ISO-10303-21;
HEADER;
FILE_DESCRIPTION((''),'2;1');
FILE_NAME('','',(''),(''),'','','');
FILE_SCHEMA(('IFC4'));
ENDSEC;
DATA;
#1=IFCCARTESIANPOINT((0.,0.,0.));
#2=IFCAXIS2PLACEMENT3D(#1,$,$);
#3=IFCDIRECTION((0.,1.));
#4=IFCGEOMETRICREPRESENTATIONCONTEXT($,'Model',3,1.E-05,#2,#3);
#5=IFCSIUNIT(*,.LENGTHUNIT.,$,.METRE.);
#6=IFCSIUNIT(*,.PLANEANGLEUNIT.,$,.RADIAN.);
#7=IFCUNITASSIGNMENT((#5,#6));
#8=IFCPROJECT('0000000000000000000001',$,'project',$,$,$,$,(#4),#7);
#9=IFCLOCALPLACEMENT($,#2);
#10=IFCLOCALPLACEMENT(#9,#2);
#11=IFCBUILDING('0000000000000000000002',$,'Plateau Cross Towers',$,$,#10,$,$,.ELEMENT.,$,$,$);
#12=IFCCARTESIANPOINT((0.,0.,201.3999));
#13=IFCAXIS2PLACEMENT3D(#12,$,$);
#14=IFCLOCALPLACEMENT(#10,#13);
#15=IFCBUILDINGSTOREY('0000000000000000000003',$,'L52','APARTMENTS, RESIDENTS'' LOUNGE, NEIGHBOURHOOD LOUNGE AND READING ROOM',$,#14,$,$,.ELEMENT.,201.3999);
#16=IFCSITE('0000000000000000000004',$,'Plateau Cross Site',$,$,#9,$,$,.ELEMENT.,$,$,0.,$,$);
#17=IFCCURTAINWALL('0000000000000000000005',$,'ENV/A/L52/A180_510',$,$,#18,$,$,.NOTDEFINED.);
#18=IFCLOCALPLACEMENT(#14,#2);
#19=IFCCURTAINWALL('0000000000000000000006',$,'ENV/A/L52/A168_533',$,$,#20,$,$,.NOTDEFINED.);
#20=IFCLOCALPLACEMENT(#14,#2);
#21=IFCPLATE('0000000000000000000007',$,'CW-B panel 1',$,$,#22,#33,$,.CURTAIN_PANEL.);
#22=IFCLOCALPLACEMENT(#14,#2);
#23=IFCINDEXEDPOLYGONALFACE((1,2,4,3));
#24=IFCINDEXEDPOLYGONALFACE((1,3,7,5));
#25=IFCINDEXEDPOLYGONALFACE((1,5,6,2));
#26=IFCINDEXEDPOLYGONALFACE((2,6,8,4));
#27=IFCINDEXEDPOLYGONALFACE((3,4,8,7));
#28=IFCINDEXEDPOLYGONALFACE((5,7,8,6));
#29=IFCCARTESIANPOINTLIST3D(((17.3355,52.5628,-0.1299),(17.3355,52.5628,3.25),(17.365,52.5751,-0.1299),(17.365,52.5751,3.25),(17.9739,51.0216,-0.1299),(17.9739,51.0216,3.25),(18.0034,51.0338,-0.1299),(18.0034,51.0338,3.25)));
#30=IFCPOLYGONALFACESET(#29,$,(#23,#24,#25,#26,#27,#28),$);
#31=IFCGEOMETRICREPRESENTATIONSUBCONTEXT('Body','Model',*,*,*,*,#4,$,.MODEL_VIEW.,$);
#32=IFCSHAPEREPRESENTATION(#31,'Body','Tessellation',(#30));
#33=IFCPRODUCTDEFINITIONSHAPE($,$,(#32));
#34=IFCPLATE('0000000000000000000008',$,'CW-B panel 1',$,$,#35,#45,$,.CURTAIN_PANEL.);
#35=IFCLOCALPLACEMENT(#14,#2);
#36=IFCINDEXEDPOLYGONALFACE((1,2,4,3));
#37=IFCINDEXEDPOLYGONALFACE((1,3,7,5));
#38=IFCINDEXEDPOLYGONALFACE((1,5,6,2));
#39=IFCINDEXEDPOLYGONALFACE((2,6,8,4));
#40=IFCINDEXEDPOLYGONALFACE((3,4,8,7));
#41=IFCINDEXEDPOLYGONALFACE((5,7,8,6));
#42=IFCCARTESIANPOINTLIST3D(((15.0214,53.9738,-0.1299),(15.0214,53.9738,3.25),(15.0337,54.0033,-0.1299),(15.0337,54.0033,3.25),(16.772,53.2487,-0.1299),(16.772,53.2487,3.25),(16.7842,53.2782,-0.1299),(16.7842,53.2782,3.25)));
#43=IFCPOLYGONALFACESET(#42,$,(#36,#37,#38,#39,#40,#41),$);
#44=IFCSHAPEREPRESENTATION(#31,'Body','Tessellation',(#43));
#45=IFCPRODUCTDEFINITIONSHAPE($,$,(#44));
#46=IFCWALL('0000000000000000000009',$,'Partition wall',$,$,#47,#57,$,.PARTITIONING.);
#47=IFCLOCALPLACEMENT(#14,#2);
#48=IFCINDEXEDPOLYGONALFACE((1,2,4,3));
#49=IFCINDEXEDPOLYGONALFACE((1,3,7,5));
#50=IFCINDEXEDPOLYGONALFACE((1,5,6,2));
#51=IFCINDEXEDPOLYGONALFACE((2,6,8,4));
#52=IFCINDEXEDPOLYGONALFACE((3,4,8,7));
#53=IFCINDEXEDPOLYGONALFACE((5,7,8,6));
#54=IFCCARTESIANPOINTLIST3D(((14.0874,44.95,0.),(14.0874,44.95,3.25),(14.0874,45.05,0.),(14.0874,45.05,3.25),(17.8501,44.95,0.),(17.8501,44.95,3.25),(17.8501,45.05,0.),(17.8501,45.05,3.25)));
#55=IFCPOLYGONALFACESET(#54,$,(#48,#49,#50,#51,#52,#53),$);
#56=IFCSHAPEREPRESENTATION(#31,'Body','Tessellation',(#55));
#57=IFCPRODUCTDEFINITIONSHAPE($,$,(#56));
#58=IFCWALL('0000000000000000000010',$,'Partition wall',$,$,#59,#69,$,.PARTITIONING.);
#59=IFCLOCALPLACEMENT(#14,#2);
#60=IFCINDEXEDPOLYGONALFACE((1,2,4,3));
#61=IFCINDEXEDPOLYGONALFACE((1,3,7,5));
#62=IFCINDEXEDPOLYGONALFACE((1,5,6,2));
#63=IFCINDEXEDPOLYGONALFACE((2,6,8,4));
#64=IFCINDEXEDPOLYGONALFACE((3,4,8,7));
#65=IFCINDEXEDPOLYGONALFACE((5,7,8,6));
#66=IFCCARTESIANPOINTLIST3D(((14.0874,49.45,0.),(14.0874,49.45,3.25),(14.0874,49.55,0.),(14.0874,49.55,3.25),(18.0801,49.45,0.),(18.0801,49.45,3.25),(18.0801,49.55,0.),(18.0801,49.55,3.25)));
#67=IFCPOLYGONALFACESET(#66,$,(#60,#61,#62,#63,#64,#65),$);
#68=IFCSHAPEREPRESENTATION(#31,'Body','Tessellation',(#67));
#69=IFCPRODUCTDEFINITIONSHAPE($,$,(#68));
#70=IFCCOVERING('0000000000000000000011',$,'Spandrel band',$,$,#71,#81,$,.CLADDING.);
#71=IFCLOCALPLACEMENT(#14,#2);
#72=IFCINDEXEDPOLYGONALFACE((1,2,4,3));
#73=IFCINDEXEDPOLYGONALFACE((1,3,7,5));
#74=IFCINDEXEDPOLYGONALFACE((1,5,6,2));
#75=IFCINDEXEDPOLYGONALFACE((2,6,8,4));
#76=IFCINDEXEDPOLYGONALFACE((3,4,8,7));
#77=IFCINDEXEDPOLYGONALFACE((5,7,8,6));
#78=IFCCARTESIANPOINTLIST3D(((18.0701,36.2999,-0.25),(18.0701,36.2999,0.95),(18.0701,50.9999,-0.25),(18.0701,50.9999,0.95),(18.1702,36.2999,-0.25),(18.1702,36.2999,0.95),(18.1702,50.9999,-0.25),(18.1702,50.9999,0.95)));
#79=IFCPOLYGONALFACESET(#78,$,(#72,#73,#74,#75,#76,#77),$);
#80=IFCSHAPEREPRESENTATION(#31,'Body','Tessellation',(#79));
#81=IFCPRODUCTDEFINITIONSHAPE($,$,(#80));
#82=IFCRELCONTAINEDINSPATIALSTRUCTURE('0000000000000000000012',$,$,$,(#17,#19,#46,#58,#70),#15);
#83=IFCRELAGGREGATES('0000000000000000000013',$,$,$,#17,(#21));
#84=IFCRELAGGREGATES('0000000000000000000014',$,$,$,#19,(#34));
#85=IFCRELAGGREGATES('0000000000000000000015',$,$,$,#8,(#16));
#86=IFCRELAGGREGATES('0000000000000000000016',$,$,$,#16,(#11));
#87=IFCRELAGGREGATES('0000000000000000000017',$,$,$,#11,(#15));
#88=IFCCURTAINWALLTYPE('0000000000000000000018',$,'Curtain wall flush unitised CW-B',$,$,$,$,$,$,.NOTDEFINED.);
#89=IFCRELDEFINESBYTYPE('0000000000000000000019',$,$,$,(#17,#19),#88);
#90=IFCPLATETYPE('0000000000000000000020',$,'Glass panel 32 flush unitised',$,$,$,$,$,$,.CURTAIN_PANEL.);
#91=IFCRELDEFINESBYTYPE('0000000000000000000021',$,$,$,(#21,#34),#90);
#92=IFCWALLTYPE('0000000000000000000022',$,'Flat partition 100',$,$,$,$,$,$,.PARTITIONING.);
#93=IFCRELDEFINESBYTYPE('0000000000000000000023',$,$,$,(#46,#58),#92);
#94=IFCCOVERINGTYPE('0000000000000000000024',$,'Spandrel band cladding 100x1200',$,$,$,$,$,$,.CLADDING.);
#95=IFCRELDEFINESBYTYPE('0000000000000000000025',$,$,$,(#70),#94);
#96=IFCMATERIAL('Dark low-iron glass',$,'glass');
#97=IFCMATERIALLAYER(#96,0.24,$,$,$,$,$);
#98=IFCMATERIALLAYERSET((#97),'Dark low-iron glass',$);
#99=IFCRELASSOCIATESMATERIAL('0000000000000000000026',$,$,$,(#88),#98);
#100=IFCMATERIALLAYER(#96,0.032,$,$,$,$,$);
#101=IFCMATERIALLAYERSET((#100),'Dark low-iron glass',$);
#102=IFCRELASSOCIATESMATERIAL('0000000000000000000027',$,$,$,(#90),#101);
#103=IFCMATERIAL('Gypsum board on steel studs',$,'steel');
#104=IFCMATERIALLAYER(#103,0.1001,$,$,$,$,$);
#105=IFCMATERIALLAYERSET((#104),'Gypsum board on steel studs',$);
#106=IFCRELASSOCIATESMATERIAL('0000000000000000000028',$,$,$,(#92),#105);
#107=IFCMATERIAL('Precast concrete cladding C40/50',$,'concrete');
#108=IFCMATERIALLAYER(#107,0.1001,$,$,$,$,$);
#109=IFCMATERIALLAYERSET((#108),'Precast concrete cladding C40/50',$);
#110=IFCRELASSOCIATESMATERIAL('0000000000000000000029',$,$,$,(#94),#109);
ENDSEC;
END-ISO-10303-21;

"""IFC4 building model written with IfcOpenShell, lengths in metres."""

from ifc_helpers import new_model, si_unit, direction, frame, frame_2d, origin, origin_2d, place, context, subcontext, project, spatial, rectangle, extrude, material, layer, layer_set, type_object, element, aggregate, save


model = new_model("IFC4")

# Units and contexts
model_context = context("Model", 3, precision=1e-05, world=origin(), true_north=direction((0.0, 1.0)))
body_context = subcontext(model_context, "Body", "Model", "MODEL_VIEW")
ifc_project = project(units=[si_unit("LENGTHUNIT", "METRE"), si_unit("PLANEANGLEUNIT", "RADIAN")], contexts=[model_context])

# Site, building, storey
site_placement = place(None, origin())
site = spatial("IfcSite", under=ifc_project, at=site_placement, Name="Plateau Cross Site", CompositionType="ELEMENT", RefElevation=0.0)
building_placement = place(site_placement, origin())
building = spatial("IfcBuilding", under=site, at=building_placement, Name="Plateau Cross Towers", CompositionType="ELEMENT")
storey_placement = place(building_placement, frame((0.0, 0.0, 201.3999)))
storey = spatial("IfcBuildingStorey", under=building, at=storey_placement, Name="L52", Description="APARTMENTS, RESIDENTS' LOUNGE, NEIGHBOURHOOD LOUNGE AND READING ROOM", CompositionType="ELEMENT", Elevation=201.3999)

# Shared definitions
ifc_material_1 = material(Name="Dark low-iron glass", Category="glass")
ifc_layer_1 = layer(ifc_material_1, 0.24)
ifc_layer_set_1 = layer_set([ifc_layer_1], Name="Dark low-iron glass")
curtain_wall_type = type_object("IfcCurtainWallType", Name="Curtain wall flush unitised CW-B", PredefinedType="NOTDEFINED", material=ifc_layer_set_1)

# Curtain wall
curtain_wall_1_placement = place(storey_placement, origin())
curtain_wall_1 = element("IfcCurtainWall", 1, at=curtain_wall_1_placement, inside=storey, type_object=curtain_wall_type, Name="ENV/A/L52/A180_510", PredefinedType="NOTDEFINED")

# Curtain wall
curtain_wall_2_placement = place(storey_placement, origin())
curtain_wall_2 = element("IfcCurtainWall", 2, at=curtain_wall_2_placement, inside=storey, type_object=curtain_wall_type, Name="ENV/A/L52/A168_533", PredefinedType="NOTDEFINED")

# Plates
ifc_layer_2 = layer(ifc_material_1, 0.032)
ifc_layer_set_2 = layer_set([ifc_layer_2], Name="Dark low-iron glass")
plate_type = type_object("IfcPlateType", Name="Glass panel 32 flush unitised", PredefinedType="CURTAIN_PANEL", material=ifc_layer_set_2)
plate_1_placement = place(storey_placement, frame((17.6694, 51.7983, -0.1299), z_axis=(0.0, 0.0, 1.0), x_axis=(-0.382684, 0.923879, 0.0)))
plate_1 = element("IfcPlate", 3, at=plate_1_placement, type_object=plate_type, Name="CW-B panel 1", PredefinedType="CURTAIN_PANEL", context=body_context, shape_type="SweptSolid", body=[
    extrude(rectangle(XDim=1.6682, YDim=0.032, at=origin_2d()), origin(), (0.0, 0.0, 1.0), 3.3799),
])
aggregate(curtain_wall_1, [plate_1])
plate_2_placement = place(storey_placement, frame((15.9028, 53.626, -0.1299), z_axis=(0.0, 0.0, 1.0), x_axis=(-0.923879, 0.382684, 0.0)))
plate_2 = element("IfcPlate", 4, at=plate_2_placement, type_object=plate_type, Name="CW-B panel 1", PredefinedType="CURTAIN_PANEL", context=body_context, shape_type="SweptSolid", body=[
    extrude(rectangle(XDim=1.8948, YDim=0.032, at=origin_2d()), origin(), (0.0, 0.0, 1.0), 3.3799),
])
aggregate(curtain_wall_2, [plate_2])

# Walls
ifc_material_2 = material(Name="Gypsum board on steel studs", Category="steel")
ifc_layer_3 = layer(ifc_material_2, 0.1001)
ifc_layer_set_3 = layer_set([ifc_layer_3], Name="Gypsum board on steel studs")
wall_type_1 = type_object("IfcWallType", Name="Flat partition 100", PredefinedType="PARTITIONING", material=ifc_layer_set_3)
wall_1_placement = place(storey_placement, frame((17.8501, 45.0, 0.0), z_axis=(0.0, 0.0, 1.0), x_axis=(-1.0, 0.0, 0.0)))
element("IfcWall", 5, at=wall_1_placement, inside=storey, type_object=wall_type_1, Name="Partition wall", PredefinedType="PARTITIONING", context=body_context, shape_type="SweptSolid", body=[
    extrude(rectangle(XDim=3.7627, YDim=0.1001, at=frame_2d((1.8813, 0.0))), origin(), (0.0, 0.0, 1.0), 3.25),
])
wall_2_placement = place(storey_placement, frame((18.0801, 49.5, 0.0), z_axis=(0.0, 0.0, 1.0), x_axis=(-1.0, 0.0, 0.0)))
element("IfcWall", 6, at=wall_2_placement, inside=storey, type_object=wall_type_1, Name="Partition wall", PredefinedType="PARTITIONING", context=body_context, shape_type="SweptSolid", body=[
    extrude(rectangle(XDim=3.9927, YDim=0.1001, at=frame_2d((1.9963, 0.0))), origin(), (0.0, 0.0, 1.0), 3.25),
])

# Covering
ifc_material_3 = material(Name="Precast concrete cladding C40/50", Category="concrete")
ifc_layer_4 = layer(ifc_material_3, 0.1001)
ifc_layer_set_4 = layer_set([ifc_layer_4], Name="Precast concrete cladding C40/50")
covering_type = type_object("IfcCoveringType", Name="Spandrel band cladding 100x1200", PredefinedType="CLADDING", material=ifc_layer_set_4)
covering_placement = place(storey_placement, frame((18.1201, 43.6499, -0.25), z_axis=(0.0, 0.0, 1.0), x_axis=(0.0, 1.0, 0.0)))
element("IfcCovering", 7, at=covering_placement, inside=storey, type_object=covering_type, Name="Spandrel band", PredefinedType="CLADDING", context=body_context, shape_type="SweptSolid", body=[
    extrude(rectangle(XDim=14.7, YDim=0.1001, at=origin_2d()), origin(), (0.0, 0.0, 1.0), 1.2),
])

save(model, "model.ifc")
